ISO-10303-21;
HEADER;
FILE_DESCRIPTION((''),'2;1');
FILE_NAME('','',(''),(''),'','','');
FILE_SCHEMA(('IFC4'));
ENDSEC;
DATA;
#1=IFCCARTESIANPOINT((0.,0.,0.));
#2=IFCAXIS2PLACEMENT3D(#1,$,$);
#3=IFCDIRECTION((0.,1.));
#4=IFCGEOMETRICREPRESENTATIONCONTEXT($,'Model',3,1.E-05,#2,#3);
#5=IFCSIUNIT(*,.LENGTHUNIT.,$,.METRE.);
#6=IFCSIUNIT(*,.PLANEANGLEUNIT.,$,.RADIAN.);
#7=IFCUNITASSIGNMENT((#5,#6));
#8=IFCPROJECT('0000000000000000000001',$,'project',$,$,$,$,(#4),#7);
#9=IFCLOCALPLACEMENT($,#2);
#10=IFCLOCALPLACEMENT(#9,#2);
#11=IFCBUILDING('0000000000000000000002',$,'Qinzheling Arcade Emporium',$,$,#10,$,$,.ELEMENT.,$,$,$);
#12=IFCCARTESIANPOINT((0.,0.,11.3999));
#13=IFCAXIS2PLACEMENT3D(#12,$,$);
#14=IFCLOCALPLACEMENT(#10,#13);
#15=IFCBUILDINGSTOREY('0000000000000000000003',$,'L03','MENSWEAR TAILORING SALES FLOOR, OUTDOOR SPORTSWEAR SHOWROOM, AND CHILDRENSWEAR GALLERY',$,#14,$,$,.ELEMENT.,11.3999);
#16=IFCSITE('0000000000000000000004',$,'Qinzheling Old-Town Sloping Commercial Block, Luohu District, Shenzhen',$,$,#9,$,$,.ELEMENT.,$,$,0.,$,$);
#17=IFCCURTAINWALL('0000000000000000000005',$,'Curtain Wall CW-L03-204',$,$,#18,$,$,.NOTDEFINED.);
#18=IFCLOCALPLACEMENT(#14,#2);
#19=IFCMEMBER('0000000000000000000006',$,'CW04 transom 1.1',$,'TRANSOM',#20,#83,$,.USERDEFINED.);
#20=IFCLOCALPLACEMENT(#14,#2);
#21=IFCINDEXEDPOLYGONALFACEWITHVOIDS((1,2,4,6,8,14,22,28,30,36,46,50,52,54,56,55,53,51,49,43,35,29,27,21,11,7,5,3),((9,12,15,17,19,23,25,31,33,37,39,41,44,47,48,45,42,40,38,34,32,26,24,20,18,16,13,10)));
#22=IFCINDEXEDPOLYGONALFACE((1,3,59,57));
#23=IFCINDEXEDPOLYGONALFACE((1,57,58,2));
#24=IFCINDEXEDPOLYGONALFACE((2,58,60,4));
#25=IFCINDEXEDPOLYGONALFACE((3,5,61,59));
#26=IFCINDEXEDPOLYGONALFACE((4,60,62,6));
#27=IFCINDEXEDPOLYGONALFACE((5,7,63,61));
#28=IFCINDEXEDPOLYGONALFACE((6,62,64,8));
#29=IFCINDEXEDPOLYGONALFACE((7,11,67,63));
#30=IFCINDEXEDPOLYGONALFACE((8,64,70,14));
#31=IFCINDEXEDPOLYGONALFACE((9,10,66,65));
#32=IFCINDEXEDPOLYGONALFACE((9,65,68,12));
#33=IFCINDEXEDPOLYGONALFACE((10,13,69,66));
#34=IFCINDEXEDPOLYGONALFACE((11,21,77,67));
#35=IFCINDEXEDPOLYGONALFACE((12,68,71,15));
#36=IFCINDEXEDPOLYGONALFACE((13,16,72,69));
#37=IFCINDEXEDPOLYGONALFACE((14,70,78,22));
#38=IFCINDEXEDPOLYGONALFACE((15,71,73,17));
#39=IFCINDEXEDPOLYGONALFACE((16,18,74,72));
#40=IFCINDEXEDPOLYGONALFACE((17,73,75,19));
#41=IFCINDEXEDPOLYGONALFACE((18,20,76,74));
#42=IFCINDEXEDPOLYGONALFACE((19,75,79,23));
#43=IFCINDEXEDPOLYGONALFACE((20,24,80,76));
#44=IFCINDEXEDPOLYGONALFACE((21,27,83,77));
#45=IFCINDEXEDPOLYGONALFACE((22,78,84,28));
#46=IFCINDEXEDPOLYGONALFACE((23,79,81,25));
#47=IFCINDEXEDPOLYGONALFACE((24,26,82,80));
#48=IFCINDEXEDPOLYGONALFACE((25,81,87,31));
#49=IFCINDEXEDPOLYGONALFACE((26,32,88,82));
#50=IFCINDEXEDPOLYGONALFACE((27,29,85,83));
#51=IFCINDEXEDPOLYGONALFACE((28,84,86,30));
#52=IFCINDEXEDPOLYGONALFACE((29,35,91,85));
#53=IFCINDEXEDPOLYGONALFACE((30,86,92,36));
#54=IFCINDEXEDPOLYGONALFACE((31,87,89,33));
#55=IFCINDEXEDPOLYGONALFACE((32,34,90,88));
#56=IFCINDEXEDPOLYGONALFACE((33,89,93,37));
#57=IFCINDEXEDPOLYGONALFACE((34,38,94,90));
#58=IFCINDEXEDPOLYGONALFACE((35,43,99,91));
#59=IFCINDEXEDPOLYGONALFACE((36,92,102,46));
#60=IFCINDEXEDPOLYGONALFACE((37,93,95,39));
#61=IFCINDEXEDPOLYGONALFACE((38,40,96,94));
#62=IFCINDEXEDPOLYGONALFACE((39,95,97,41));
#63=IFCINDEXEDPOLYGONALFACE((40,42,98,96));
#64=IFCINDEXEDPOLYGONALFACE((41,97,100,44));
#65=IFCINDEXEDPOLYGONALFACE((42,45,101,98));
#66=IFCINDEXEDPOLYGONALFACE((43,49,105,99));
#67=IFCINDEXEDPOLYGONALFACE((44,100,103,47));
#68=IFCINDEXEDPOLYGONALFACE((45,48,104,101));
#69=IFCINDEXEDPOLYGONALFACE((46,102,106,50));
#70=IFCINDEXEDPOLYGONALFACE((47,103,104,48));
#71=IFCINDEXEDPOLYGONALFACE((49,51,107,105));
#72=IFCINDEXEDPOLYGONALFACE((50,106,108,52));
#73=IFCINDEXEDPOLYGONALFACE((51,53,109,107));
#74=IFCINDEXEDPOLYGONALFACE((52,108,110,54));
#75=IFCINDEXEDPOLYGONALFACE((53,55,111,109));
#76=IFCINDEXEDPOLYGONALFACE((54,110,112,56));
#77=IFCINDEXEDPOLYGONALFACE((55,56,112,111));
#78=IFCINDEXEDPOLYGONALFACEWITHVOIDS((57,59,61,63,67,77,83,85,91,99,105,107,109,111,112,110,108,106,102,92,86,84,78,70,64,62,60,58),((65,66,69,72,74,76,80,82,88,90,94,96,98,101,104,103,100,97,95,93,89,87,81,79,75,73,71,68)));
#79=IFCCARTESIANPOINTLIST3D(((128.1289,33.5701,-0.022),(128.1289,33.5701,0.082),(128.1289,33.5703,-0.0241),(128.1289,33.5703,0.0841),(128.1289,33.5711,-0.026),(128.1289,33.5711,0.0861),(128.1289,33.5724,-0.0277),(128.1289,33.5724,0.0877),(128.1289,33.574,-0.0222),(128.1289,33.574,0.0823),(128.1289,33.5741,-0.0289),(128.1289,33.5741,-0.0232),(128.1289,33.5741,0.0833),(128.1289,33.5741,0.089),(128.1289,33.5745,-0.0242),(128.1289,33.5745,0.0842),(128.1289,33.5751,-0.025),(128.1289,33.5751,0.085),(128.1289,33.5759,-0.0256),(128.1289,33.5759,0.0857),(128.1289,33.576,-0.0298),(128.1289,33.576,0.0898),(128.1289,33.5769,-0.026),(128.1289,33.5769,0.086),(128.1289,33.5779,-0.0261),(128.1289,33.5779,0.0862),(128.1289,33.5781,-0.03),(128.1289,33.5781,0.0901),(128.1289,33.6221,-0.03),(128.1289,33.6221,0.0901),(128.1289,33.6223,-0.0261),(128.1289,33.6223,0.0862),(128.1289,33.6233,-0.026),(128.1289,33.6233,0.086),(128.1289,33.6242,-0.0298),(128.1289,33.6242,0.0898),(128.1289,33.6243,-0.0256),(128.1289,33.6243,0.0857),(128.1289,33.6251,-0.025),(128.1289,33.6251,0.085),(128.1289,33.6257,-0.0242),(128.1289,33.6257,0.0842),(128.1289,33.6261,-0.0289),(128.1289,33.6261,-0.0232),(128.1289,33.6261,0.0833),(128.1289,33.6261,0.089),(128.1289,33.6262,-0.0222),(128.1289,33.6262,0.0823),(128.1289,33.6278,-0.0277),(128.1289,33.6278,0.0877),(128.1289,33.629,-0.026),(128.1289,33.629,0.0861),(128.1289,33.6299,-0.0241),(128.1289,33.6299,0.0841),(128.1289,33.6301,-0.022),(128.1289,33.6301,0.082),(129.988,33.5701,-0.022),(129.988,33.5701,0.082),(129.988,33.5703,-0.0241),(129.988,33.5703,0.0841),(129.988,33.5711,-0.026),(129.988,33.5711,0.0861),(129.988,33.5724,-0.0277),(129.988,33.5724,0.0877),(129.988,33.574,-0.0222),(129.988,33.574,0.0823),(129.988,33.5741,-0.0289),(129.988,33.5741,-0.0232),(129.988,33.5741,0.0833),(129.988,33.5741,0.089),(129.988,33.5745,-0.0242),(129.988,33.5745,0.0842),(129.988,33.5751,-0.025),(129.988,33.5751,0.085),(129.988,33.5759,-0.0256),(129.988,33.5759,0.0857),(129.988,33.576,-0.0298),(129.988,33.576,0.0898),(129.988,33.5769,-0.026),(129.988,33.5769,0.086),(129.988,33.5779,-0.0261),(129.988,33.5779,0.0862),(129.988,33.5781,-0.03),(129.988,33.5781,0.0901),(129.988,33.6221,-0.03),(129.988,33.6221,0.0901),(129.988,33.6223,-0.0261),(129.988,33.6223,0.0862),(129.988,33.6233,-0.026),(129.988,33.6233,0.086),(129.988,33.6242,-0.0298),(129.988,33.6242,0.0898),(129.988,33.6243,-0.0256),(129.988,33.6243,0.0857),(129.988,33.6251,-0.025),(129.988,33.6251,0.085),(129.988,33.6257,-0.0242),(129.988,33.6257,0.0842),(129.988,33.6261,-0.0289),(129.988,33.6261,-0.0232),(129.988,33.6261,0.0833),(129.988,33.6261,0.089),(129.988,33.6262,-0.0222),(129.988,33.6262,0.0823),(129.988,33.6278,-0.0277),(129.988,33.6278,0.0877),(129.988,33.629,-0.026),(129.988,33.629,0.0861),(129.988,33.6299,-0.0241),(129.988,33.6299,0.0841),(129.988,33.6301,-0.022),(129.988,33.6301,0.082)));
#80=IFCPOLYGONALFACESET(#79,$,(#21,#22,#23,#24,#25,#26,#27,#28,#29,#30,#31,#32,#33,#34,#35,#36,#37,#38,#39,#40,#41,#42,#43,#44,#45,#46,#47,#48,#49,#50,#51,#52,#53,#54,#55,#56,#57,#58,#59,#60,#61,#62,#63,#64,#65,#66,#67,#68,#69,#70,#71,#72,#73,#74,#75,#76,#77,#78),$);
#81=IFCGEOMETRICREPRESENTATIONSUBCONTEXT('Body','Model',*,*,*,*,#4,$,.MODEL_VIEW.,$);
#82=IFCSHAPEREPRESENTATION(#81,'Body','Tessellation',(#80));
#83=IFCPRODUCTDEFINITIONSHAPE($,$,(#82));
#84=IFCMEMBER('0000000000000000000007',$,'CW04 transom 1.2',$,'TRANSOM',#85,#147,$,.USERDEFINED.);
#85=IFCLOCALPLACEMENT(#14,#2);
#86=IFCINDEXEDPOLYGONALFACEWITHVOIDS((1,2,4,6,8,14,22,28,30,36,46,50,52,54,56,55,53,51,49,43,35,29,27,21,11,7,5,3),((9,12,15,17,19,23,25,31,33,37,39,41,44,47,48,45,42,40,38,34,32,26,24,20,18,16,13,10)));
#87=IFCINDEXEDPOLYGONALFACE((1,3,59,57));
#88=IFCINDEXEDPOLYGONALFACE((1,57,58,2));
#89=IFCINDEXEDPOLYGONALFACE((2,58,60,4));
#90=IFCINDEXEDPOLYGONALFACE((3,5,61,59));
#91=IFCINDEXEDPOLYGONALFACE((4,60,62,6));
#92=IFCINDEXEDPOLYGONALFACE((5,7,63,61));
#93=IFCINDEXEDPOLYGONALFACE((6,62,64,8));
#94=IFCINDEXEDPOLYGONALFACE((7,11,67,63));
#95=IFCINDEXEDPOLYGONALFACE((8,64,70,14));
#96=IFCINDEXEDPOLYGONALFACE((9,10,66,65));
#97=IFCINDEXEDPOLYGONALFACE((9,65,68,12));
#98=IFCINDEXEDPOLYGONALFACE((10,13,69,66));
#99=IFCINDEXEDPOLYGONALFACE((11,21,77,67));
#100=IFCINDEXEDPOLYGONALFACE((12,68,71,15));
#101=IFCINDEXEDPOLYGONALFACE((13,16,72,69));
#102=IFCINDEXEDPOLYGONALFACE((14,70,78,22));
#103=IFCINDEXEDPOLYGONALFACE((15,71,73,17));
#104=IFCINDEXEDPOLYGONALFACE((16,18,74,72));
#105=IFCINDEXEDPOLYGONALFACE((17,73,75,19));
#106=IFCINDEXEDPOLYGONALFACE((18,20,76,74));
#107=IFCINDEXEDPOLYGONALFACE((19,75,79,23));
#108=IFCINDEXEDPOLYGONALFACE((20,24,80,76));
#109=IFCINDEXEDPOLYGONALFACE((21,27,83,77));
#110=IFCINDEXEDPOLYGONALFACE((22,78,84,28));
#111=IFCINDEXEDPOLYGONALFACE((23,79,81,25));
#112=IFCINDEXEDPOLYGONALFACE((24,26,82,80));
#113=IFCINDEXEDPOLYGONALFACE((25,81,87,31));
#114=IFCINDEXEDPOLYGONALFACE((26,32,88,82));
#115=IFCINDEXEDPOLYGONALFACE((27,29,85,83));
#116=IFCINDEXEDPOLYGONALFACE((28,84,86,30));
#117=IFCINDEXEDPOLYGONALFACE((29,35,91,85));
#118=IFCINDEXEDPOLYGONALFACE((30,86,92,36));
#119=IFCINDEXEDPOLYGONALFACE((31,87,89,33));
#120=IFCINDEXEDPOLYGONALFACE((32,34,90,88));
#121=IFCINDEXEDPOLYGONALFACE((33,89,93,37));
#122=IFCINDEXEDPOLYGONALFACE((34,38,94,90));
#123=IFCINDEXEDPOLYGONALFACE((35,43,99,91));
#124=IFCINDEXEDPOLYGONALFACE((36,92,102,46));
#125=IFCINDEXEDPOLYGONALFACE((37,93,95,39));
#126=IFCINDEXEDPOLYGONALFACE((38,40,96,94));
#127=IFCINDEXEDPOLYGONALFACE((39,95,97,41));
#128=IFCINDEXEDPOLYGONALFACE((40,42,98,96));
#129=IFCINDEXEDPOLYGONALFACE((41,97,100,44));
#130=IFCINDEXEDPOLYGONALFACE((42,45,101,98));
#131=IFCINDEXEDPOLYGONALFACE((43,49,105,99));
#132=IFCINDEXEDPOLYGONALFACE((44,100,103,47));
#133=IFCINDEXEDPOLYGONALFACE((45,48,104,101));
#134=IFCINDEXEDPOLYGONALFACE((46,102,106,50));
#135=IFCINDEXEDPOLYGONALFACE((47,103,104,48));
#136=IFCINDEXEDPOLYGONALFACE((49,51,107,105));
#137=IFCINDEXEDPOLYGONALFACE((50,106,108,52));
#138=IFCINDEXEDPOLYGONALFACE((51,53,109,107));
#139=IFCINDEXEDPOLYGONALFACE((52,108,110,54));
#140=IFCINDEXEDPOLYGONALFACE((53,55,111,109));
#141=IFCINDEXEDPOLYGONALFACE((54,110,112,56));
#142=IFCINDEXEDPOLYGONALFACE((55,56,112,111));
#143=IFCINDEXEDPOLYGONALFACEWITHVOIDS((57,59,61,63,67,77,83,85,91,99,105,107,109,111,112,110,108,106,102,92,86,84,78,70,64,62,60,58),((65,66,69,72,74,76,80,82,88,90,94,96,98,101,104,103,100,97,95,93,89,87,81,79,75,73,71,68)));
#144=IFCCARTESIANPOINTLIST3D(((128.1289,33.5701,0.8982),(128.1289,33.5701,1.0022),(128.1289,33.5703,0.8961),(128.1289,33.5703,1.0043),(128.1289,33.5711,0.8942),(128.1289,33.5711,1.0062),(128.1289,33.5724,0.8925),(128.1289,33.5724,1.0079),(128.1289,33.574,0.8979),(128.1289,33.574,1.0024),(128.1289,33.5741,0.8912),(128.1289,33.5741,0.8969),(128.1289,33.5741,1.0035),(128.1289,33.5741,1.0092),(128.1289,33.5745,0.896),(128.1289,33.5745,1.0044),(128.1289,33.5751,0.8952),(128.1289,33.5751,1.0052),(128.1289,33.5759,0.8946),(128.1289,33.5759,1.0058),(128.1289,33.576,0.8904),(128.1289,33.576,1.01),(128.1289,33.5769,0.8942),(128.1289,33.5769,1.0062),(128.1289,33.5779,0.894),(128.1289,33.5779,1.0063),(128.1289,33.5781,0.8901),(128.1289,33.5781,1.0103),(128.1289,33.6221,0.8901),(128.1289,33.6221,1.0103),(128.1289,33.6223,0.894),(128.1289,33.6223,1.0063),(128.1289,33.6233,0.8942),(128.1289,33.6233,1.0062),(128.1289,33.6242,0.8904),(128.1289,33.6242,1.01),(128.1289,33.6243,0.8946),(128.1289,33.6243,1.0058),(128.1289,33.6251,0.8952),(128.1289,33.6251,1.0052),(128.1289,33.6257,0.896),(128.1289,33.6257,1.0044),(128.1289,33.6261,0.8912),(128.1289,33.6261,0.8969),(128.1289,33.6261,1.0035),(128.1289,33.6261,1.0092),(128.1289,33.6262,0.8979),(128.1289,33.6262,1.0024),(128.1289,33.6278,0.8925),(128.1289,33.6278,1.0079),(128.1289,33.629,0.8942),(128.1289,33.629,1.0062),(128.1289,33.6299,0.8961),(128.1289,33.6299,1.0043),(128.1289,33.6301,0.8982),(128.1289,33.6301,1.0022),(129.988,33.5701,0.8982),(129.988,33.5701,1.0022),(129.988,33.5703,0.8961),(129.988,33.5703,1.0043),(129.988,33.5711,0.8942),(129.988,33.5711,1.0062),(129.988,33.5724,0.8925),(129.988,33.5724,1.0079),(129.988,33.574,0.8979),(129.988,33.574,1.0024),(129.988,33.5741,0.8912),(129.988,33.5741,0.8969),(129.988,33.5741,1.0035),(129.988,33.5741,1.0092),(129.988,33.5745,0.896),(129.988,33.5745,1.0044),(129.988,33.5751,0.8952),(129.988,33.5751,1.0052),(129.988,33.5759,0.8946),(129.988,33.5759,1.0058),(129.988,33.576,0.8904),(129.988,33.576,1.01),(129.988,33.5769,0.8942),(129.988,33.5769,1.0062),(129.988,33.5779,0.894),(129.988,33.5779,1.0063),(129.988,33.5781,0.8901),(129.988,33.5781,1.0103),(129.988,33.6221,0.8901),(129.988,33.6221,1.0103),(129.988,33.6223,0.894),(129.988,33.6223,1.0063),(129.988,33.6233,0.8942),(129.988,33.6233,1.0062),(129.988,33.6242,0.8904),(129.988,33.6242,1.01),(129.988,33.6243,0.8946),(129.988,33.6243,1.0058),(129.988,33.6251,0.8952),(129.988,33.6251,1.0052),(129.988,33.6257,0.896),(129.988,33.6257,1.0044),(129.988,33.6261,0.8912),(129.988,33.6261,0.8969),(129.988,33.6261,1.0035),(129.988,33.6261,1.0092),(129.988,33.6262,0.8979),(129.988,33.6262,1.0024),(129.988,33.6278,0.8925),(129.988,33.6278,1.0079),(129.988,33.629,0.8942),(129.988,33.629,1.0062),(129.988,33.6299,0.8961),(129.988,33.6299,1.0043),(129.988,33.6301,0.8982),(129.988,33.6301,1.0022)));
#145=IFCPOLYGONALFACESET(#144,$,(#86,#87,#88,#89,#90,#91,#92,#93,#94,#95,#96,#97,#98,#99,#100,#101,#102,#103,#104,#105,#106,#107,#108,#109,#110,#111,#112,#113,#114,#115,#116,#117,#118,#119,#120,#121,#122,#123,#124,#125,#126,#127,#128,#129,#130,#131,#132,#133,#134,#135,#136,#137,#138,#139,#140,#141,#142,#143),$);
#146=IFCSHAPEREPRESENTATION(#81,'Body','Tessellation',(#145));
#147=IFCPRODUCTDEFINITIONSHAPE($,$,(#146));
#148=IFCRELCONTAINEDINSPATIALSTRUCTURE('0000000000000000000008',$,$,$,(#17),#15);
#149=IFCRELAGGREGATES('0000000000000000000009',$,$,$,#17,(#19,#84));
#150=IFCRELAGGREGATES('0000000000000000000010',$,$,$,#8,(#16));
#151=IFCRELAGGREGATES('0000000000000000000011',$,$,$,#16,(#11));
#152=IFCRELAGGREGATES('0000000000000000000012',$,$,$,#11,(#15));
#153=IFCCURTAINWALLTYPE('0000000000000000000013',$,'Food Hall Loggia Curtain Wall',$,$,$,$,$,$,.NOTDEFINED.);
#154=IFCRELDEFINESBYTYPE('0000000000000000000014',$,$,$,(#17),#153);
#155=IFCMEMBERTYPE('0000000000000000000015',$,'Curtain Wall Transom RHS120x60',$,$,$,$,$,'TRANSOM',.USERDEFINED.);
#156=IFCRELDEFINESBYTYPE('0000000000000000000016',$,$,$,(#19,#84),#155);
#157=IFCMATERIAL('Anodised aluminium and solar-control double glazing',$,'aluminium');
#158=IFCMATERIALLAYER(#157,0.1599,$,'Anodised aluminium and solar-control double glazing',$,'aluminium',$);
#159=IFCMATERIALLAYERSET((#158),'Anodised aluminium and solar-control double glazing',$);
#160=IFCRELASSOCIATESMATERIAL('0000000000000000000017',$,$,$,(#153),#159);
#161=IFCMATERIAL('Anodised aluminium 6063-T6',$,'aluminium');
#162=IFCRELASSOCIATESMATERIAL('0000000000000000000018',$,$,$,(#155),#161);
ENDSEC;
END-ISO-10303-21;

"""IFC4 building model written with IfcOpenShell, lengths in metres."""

from ifc_helpers import new_model, si_unit, direction, frame, origin, origin_2d, place, context, subcontext, project, spatial, hollow_rectangle, extrude, material, layer, layer_set, material_profile, profile_set, type_object, element, aggregate, save


model = new_model("IFC4")

# Units and contexts
model_context = context("Model", 3, precision=1e-05, world=origin(), true_north=direction((0.0, 1.0)))
body_context = subcontext(model_context, "Body", "Model", "MODEL_VIEW")
ifc_project = project(units=[si_unit("LENGTHUNIT", "METRE"), si_unit("PLANEANGLEUNIT", "RADIAN")], contexts=[model_context])

# Site, building, storey
site_placement = place(None, origin())
site = spatial("IfcSite", under=ifc_project, at=site_placement, Name="Qinzheling Old-Town Sloping Commercial Block, Luohu District, Shenzhen", CompositionType="ELEMENT", RefElevation=0.0)
building_placement = place(site_placement, origin())
building = spatial("IfcBuilding", under=site, at=building_placement, Name="Qinzheling Arcade Emporium", CompositionType="ELEMENT")
storey_placement = place(building_placement, frame((0.0, 0.0, 11.3999)))
storey = spatial("IfcBuildingStorey", under=building, at=storey_placement, Name="L03", Description="MENSWEAR TAILORING SALES FLOOR, OUTDOOR SPORTSWEAR SHOWROOM, AND CHILDRENSWEAR GALLERY", CompositionType="ELEMENT", Elevation=11.3999)

# Curtain wall, members
ifc_material_1 = material(Name="Anodised aluminium and solar-control double glazing", Category="aluminium")
ifc_layer_1 = layer(ifc_material_1, 0.1599, Name="Anodised aluminium and solar-control double glazing", Category="aluminium")
ifc_layer_set_1 = layer_set([ifc_layer_1], Name="Anodised aluminium and solar-control double glazing")
curtain_wall_type = type_object("IfcCurtainWallType", Name="Food Hall Loggia Curtain Wall", PredefinedType="NOTDEFINED", material=ifc_layer_set_1)
curtain_wall_placement = place(storey_placement, origin())
curtain_wall = element("IfcCurtainWall", 1, at=curtain_wall_placement, inside=storey, type_object=curtain_wall_type, Name="Curtain Wall CW-L03-204", PredefinedType="NOTDEFINED")
ifc_material_2 = material(Name="Anodised aluminium 6063-T6", Category="aluminium")
ifc_material_profile_1 = material_profile(ifc_material_2, hollow_rectangle(XDim=0.0601, YDim=0.1201, WallThickness=0.0039, InnerFilletRadius=0.0039, OuterFilletRadius=0.0081, at=origin_2d()), Name="RHS 120x60x4", Category="aluminium")
ifc_profile_set_1 = profile_set([ifc_material_profile_1], Name="Anodised aluminium 6063-T6")
member_type_1 = type_object("IfcMemberType", Name="Curtain Wall Transom RHS120x60", ElementType="TRANSOM", PredefinedType="USERDEFINED", material=ifc_profile_set_1)
member_1_placement = place(storey_placement, frame((129.988, 33.6001, 0.03), z_axis=(-1.0, 0.0, 0.0), x_axis=(0.0, -1.0, 0.0)))
member_1 = element("IfcMember", 2, at=member_1_placement, type_object=member_type_1, Name="CW04 transom 1.1", ObjectType="TRANSOM", PredefinedType="USERDEFINED", context=body_context, shape_type="SweptSolid", body=[
    extrude(hollow_rectangle(XDim=0.0601, YDim=0.1201, WallThickness=0.0039, InnerFilletRadius=0.0039, OuterFilletRadius=0.0081, at=origin_2d()), origin(), (0.0, 0.0, 1.0), 1.8591),
])
member_2_placement = place(storey_placement, frame((129.988, 33.6001, 0.9502), z_axis=(-1.0, 0.0, 0.0), x_axis=(0.0, -1.0, 0.0)))
member_2 = element("IfcMember", 3, at=member_2_placement, type_object=member_type_1, Name="CW04 transom 1.2", ObjectType="TRANSOM", PredefinedType="USERDEFINED", context=body_context, shape_type="SweptSolid", body=[
    extrude(hollow_rectangle(XDim=0.0601, YDim=0.1201, WallThickness=0.0039, InnerFilletRadius=0.0039, OuterFilletRadius=0.0081, at=origin_2d()), origin(), (0.0, 0.0, 1.0), 1.8591),
])

aggregate(curtain_wall, [member_1, member_2])

save(model, "model.ifc")
